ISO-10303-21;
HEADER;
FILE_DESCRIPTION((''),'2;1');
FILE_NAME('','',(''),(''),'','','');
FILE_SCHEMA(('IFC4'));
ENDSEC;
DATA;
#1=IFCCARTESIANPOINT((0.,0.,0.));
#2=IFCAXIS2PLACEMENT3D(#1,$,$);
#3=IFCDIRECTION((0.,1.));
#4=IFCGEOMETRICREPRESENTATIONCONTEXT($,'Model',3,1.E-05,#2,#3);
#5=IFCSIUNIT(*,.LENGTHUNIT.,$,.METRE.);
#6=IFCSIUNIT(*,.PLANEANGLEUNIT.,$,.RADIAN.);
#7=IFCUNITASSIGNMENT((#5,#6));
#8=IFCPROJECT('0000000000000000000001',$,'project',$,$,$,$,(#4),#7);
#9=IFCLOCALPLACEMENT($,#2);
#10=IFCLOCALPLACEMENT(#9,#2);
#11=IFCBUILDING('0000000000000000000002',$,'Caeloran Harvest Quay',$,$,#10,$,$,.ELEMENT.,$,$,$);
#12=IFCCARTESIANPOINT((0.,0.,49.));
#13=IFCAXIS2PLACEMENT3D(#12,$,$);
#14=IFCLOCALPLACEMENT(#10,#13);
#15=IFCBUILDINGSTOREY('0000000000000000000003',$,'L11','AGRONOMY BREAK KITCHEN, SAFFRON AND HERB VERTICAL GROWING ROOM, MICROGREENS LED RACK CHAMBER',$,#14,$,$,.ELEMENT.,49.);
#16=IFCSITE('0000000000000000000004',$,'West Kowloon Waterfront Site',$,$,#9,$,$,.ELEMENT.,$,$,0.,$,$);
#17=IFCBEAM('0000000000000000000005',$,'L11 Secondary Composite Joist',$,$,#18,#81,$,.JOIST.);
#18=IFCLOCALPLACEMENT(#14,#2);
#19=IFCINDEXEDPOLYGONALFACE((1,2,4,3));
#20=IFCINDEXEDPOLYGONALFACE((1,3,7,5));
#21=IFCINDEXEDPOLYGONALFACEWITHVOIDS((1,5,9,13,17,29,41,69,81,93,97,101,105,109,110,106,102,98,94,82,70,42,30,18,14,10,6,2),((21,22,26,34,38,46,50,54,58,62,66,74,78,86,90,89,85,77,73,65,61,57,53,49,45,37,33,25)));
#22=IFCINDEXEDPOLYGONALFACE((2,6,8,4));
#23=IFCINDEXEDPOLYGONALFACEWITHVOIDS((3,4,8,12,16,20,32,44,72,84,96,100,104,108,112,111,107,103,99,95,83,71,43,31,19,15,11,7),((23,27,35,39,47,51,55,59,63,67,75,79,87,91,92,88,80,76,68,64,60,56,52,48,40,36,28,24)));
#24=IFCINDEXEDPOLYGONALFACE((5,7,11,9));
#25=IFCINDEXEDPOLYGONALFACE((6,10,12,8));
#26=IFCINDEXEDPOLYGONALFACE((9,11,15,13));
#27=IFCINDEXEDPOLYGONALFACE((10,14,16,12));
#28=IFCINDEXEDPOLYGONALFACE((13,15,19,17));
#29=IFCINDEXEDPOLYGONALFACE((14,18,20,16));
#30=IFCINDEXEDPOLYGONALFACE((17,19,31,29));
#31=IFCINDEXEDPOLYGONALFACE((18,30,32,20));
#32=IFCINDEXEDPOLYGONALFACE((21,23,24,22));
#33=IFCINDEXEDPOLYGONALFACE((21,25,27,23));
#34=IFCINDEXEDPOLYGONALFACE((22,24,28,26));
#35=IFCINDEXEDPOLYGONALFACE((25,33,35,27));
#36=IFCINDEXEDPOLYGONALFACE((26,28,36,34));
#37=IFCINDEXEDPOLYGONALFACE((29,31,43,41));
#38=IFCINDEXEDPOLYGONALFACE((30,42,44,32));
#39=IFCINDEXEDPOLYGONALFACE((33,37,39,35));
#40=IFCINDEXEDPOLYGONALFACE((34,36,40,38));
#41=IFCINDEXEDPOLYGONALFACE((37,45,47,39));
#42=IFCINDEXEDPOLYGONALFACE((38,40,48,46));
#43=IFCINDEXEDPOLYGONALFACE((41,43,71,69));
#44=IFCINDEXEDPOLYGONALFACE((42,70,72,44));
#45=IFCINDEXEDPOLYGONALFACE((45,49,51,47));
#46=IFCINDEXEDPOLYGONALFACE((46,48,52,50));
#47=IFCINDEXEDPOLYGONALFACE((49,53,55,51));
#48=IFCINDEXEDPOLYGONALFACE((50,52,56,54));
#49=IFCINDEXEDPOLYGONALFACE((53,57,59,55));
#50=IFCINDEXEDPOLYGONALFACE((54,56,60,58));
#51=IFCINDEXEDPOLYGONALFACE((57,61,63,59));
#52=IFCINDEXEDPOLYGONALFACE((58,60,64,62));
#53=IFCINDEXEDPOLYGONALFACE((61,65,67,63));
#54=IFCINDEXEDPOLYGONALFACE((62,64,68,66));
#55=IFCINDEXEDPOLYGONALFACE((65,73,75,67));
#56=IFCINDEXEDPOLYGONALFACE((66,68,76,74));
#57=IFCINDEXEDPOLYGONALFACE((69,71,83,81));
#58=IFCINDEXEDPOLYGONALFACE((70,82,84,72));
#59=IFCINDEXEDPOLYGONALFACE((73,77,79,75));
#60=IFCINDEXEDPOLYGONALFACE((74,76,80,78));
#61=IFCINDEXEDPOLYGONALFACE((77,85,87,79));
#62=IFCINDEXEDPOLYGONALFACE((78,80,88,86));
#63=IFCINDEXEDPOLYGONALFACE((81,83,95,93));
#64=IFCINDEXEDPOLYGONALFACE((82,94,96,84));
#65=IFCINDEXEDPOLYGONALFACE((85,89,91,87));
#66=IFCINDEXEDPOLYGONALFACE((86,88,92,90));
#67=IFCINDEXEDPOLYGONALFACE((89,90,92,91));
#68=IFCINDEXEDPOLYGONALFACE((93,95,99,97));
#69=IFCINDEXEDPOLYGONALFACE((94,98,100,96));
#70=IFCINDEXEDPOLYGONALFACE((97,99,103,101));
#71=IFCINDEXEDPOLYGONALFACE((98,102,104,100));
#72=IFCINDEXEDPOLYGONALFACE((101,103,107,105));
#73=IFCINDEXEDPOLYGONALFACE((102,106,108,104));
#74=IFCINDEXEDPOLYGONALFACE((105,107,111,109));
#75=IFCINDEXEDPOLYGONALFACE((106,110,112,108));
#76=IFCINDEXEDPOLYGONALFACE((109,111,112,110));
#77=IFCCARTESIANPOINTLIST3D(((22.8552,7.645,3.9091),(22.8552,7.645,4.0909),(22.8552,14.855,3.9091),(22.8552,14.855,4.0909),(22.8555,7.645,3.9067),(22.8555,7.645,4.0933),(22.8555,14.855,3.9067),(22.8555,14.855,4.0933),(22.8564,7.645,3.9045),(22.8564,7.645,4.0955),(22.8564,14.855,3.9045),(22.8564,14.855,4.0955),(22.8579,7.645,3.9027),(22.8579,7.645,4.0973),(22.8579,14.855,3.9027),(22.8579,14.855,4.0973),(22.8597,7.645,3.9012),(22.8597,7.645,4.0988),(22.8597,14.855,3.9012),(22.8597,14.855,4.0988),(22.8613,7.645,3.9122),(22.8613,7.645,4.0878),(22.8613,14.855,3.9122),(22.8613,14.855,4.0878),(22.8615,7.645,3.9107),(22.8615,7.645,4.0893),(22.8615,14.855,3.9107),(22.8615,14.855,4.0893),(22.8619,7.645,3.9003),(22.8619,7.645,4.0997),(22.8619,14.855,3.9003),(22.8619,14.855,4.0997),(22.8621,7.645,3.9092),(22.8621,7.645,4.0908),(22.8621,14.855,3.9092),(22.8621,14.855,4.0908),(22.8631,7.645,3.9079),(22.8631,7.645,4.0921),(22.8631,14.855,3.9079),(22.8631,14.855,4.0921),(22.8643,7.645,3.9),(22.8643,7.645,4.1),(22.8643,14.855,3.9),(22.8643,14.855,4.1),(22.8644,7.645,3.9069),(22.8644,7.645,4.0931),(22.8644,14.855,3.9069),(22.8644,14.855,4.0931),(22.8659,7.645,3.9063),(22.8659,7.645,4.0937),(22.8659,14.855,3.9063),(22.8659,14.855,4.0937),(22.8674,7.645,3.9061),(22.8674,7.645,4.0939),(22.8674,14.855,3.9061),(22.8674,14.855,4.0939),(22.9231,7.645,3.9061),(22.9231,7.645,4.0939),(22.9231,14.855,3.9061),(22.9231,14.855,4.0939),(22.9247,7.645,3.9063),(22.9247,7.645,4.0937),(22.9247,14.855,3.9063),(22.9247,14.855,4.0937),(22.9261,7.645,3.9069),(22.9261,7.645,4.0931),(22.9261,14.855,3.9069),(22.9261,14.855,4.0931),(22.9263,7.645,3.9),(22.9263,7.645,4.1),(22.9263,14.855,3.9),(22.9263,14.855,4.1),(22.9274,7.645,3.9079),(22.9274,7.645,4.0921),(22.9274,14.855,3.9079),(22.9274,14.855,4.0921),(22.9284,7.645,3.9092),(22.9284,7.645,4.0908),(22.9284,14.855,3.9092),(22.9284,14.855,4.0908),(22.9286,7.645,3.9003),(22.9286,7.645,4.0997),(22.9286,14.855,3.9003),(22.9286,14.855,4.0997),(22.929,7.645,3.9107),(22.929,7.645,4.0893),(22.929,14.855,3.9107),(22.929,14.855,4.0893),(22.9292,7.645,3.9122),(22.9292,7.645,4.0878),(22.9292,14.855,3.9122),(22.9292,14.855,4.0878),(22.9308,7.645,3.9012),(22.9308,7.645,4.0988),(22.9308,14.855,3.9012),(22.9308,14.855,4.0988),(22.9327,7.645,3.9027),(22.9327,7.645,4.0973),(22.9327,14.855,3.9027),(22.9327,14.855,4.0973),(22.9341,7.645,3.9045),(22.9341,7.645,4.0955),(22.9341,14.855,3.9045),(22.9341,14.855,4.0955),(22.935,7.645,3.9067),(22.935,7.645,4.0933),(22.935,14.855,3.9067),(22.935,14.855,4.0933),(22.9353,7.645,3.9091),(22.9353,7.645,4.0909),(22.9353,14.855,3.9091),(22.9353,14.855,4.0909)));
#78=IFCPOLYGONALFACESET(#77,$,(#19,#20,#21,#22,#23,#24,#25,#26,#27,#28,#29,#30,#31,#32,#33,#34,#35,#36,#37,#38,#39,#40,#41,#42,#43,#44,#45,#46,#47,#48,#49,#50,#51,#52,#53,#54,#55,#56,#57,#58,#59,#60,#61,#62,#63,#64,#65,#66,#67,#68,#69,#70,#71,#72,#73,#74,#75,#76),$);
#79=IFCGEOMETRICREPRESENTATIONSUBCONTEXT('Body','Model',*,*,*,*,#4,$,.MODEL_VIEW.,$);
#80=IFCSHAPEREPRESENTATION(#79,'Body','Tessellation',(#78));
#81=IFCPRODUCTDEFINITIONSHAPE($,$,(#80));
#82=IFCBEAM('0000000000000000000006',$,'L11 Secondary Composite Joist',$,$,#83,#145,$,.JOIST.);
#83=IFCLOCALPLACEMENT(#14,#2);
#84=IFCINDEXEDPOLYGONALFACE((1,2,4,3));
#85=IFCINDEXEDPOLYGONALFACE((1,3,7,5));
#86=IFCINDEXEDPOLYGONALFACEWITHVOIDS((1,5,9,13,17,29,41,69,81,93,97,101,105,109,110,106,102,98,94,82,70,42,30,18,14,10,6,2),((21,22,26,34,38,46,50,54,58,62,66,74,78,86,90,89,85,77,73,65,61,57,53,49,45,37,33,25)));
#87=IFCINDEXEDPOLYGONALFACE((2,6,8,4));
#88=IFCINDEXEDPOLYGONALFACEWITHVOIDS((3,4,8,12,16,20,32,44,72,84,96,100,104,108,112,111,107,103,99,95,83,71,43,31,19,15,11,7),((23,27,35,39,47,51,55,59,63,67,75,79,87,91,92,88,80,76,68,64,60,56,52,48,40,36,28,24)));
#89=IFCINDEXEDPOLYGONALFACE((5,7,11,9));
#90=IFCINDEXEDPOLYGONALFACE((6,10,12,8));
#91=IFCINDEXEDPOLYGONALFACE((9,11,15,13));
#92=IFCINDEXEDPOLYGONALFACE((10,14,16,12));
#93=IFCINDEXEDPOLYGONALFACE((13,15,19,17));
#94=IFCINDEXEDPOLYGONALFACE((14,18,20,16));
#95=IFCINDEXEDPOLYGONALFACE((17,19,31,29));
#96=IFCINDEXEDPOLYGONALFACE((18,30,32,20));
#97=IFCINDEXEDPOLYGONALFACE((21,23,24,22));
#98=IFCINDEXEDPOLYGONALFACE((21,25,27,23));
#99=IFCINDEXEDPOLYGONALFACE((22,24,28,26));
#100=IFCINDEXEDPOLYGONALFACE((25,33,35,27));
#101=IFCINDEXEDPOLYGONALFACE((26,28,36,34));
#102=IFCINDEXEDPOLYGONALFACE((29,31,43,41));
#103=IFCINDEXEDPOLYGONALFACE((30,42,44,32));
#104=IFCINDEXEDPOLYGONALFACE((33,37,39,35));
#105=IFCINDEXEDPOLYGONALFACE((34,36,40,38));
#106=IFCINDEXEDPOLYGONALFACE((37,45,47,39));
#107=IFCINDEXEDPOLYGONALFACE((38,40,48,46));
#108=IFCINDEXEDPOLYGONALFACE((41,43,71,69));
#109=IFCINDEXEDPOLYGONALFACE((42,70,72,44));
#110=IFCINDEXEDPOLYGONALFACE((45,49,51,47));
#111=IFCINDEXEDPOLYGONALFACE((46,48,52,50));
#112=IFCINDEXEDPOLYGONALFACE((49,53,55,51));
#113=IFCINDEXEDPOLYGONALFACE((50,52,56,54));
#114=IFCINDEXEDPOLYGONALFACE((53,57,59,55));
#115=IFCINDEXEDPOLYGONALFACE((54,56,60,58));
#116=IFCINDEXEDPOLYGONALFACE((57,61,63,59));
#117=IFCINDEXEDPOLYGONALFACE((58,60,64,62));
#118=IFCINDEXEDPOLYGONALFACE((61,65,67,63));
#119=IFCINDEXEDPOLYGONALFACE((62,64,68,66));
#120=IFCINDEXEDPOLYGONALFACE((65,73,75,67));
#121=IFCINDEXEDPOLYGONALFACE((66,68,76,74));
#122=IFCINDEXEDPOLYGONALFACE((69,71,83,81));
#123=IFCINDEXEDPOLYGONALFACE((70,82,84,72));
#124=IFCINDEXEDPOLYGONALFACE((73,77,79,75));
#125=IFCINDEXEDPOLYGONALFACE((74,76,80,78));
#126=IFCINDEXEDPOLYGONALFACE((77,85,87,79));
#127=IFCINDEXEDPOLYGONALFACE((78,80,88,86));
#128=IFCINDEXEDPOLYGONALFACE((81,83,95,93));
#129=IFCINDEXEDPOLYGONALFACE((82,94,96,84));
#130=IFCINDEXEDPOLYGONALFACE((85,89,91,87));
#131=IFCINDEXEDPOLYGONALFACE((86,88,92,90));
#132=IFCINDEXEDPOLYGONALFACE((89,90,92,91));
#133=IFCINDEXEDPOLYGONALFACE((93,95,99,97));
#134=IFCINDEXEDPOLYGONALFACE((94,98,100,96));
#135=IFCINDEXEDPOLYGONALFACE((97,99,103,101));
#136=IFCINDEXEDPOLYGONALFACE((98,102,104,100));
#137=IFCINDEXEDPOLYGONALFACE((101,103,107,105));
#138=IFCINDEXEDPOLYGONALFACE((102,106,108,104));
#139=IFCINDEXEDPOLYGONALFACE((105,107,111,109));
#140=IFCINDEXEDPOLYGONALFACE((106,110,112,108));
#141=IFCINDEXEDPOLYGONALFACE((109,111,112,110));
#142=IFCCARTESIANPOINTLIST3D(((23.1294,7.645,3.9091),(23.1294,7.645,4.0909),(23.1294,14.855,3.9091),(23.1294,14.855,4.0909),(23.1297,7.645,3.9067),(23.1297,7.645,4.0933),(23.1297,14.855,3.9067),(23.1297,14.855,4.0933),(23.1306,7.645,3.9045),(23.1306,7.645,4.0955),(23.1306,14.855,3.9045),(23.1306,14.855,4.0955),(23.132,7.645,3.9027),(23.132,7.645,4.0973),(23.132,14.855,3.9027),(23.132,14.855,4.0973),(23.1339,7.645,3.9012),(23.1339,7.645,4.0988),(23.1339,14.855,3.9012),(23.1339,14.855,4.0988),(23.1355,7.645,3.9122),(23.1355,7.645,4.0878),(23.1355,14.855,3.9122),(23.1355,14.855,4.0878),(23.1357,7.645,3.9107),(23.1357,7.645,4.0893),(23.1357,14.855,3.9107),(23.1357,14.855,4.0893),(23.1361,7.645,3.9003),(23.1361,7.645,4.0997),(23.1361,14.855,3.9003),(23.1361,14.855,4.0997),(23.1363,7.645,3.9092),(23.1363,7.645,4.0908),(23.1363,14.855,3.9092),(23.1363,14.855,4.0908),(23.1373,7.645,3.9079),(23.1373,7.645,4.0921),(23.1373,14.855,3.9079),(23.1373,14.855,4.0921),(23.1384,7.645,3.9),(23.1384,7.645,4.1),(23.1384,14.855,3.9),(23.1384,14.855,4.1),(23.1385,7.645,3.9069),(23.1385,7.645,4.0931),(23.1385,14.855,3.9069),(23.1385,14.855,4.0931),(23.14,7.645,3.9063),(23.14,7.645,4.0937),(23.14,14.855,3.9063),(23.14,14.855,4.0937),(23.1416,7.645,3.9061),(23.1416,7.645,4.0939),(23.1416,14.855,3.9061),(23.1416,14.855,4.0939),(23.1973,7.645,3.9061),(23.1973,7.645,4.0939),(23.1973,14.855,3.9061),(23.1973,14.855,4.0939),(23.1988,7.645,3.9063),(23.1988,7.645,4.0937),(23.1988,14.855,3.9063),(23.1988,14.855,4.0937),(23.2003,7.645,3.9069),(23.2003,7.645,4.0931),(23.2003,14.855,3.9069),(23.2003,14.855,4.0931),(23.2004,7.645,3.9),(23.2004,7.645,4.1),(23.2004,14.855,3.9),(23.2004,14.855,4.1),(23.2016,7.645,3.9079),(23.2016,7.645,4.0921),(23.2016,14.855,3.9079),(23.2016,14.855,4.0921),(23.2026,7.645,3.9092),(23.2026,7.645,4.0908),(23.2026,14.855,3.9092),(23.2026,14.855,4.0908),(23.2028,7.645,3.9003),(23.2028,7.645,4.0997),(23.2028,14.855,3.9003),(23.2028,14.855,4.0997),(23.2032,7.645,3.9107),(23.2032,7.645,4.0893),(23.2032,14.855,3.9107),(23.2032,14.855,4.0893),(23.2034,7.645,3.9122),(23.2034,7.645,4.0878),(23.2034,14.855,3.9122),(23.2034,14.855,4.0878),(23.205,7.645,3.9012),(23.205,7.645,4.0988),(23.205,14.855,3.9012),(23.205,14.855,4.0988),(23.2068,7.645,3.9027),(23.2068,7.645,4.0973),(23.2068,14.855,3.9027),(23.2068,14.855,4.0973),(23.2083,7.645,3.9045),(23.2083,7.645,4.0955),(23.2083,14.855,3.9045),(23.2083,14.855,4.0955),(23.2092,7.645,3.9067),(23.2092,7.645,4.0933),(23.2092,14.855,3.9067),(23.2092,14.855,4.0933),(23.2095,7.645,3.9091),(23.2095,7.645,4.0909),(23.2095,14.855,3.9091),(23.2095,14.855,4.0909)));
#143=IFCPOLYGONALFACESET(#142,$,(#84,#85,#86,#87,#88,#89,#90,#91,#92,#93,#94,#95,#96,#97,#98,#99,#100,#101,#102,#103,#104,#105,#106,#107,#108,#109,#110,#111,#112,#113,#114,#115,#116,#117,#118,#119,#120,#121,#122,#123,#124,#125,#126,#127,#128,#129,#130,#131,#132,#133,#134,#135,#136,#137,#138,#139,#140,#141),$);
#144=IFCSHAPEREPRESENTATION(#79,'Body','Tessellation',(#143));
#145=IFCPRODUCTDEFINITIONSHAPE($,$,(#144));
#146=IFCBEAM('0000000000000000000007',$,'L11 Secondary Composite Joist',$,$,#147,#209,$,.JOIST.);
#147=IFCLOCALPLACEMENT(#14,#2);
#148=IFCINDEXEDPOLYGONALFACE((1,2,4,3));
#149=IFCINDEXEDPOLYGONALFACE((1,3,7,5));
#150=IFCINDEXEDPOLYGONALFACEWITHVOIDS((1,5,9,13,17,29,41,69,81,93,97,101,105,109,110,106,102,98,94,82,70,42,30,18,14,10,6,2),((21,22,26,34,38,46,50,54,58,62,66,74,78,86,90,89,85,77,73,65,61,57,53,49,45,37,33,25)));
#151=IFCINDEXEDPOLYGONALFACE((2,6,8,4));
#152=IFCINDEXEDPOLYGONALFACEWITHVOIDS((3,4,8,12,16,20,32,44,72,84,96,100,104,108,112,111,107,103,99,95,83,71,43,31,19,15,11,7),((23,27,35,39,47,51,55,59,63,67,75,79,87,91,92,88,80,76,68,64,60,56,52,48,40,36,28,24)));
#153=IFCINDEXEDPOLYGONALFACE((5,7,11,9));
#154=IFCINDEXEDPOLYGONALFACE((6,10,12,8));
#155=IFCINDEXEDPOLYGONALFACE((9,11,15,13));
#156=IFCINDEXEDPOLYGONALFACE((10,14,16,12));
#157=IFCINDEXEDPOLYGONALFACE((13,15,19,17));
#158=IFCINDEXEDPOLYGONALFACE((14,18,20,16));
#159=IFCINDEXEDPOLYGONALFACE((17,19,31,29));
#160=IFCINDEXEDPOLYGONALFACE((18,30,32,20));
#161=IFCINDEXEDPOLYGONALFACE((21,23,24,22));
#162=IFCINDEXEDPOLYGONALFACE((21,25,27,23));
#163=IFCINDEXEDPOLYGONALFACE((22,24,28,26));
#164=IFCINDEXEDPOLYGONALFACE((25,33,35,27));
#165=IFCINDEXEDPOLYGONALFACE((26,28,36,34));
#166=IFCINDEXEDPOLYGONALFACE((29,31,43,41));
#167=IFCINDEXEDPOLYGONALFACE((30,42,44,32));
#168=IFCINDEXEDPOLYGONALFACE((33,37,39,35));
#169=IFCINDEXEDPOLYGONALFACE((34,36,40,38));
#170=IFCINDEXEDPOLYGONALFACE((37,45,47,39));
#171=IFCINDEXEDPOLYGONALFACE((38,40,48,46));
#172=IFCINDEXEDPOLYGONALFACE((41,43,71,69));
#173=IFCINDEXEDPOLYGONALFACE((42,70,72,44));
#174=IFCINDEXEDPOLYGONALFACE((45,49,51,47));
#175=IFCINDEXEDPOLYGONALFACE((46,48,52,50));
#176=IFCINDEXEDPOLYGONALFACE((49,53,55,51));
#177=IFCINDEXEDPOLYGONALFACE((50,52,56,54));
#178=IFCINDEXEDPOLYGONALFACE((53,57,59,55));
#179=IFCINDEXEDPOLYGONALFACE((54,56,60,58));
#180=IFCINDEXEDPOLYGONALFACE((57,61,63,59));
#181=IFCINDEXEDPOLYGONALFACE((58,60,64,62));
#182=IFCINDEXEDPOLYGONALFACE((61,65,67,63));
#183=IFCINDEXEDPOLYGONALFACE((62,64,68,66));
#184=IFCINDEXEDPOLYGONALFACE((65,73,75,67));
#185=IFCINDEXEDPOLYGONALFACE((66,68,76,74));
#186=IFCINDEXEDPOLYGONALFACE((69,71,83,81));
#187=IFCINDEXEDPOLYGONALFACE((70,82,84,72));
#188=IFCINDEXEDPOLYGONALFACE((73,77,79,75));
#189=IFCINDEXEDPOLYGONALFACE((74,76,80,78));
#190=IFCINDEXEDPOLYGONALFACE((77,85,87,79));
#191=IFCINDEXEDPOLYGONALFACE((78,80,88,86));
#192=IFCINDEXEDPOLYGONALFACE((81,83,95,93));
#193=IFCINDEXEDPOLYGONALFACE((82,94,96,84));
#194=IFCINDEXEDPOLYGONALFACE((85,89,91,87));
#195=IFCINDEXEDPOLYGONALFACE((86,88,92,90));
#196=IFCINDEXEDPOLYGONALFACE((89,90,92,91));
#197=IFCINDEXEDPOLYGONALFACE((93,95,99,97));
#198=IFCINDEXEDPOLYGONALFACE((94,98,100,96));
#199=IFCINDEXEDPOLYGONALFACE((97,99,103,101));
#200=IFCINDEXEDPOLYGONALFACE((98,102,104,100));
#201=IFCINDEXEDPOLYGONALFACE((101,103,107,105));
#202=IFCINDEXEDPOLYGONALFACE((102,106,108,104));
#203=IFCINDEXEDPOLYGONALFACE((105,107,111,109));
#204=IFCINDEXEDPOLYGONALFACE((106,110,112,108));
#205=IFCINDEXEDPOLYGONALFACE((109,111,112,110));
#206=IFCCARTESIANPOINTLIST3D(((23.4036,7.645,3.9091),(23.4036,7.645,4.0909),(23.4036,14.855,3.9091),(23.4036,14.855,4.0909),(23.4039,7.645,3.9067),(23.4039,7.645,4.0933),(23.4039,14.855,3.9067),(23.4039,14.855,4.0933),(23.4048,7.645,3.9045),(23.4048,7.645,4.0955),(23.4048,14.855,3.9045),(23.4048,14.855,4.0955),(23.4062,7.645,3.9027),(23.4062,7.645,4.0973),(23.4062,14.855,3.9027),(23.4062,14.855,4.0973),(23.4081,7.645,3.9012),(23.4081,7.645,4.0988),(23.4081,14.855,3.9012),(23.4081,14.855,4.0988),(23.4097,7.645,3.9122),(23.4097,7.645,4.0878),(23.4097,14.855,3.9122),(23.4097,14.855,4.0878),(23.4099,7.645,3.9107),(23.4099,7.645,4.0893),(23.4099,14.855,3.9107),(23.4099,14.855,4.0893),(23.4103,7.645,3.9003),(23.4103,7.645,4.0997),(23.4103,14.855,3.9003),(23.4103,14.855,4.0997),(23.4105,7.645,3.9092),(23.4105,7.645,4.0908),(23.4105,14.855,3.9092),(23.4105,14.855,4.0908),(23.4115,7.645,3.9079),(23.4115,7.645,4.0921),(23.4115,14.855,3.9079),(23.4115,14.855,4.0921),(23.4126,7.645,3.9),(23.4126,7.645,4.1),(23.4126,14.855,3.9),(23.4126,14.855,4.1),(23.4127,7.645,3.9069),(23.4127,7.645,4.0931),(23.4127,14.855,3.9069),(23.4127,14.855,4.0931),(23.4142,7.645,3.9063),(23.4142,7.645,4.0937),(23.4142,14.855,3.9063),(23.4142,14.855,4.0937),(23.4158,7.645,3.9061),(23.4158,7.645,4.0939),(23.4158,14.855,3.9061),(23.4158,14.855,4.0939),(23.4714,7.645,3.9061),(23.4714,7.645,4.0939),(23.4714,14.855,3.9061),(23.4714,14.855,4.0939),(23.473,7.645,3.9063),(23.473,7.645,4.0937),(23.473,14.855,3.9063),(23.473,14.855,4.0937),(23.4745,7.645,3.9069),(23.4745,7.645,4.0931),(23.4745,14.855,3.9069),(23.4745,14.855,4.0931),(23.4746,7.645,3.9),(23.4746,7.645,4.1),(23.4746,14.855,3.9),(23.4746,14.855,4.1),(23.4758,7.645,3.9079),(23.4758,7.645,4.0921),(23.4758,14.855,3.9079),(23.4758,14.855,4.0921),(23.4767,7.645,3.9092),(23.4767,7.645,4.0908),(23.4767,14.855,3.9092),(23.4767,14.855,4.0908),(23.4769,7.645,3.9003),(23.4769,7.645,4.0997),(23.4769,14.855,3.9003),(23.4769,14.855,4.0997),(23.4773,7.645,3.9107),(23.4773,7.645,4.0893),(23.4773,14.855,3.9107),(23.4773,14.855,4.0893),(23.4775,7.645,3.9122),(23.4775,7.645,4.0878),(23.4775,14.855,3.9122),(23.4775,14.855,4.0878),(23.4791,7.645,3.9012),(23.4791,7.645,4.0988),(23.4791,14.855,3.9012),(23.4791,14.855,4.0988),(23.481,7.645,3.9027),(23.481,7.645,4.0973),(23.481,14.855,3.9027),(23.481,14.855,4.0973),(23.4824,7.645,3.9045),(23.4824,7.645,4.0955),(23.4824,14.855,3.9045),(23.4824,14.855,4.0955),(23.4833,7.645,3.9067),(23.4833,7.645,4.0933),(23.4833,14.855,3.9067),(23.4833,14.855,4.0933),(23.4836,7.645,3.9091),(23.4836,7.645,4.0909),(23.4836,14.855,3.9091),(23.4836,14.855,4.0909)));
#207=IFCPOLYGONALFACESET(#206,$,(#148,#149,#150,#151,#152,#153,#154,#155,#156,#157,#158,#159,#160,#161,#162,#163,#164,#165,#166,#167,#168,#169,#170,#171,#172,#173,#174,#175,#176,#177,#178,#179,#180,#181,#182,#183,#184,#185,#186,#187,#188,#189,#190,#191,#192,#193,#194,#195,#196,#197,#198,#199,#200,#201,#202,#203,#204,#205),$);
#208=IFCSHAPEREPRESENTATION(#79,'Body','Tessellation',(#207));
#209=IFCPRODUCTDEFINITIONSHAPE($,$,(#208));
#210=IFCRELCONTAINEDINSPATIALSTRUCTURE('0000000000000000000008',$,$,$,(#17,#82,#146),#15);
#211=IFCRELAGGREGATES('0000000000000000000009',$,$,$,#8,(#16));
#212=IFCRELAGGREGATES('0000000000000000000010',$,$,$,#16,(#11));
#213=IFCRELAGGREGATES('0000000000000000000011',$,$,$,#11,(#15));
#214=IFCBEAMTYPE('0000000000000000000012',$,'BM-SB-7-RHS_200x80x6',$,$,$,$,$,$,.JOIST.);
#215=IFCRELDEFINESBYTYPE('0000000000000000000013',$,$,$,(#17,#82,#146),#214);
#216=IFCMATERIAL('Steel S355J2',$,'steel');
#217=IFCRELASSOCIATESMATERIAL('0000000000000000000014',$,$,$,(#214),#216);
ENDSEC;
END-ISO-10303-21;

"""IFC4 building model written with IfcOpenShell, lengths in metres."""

from ifc_helpers import new_model, si_unit, direction, frame, origin, origin_2d, place, context, subcontext, project, spatial, hollow_rectangle, extrude, material, material_profile, profile_set, type_object, element, save


model = new_model("IFC4")

# Units and contexts
model_context = context("Model", 3, precision=1e-05, world=origin(), true_north=direction((0.0, 1.0)))
body_context = subcontext(model_context, "Body", "Model", "MODEL_VIEW")
ifc_project = project(units=[si_unit("LENGTHUNIT", "METRE"), si_unit("PLANEANGLEUNIT", "RADIAN")], contexts=[model_context])

# Site, building, storey
site_placement = place(None, origin())
site = spatial("IfcSite", under=ifc_project, at=site_placement, Name="West Kowloon Waterfront Site", CompositionType="ELEMENT", RefElevation=0.0)
building_placement = place(site_placement, origin())
building = spatial("IfcBuilding", under=site, at=building_placement, Name="Caeloran Harvest Quay", CompositionType="ELEMENT")
storey_placement = place(building_placement, frame((0.0, 0.0, 49.0)))
storey = spatial("IfcBuildingStorey", under=building, at=storey_placement, Name="L11", Description="AGRONOMY BREAK KITCHEN, SAFFRON AND HERB VERTICAL GROWING ROOM, MICROGREENS LED RACK CHAMBER", CompositionType="ELEMENT", Elevation=49.0)

# Beams
ifc_material_1 = material(Name="Steel S355J2", Category="steel")
ifc_material_profile_1 = material_profile(ifc_material_1, hollow_rectangle(XDim=0.0801, YDim=0.2, WallThickness=0.0061, InnerFilletRadius=0.0061, OuterFilletRadius=0.009, at=origin_2d()), Name="RHS 200x80x6")
ifc_profile_set_1 = profile_set([ifc_material_profile_1], Name="Steel S355J2")
beam_type_1 = type_object("IfcBeamType", Name="BM-SB-7-RHS_200x80x6", PredefinedType="JOIST", material=ifc_profile_set_1)
for number, where, z_axis, x_axis, name in (
    (1, (22.8953, 7.645, 4.0), (0.0, 1.0, 0.0), (-1.0, 0.0, 0.0), "L11 Secondary Composite Joist"),
    (2, (23.1694, 7.645, 4.0), (0.0, 1.0, 0.0), (-1.0, 0.0, 0.0), "L11 Secondary Composite Joist"),
    (3, (23.4436, 7.645, 4.0), (0.0, 1.0, 0.0), (-1.0, 0.0, 0.0), "L11 Secondary Composite Joist"),
):
    element("IfcBeam", number, at=place(storey_placement, frame(where, z_axis=z_axis, x_axis=x_axis)), inside=storey, type_object=beam_type_1, Name=name, PredefinedType="JOIST", context=body_context, shape_type="SweptSolid", body=[
        extrude(hollow_rectangle(XDim=0.0801, YDim=0.2, WallThickness=0.0061, InnerFilletRadius=0.0061, OuterFilletRadius=0.009, at=origin_2d()), origin(), (0.0, 0.0, 1.0), 7.21),
    ])

save(model, "model.ifc")
